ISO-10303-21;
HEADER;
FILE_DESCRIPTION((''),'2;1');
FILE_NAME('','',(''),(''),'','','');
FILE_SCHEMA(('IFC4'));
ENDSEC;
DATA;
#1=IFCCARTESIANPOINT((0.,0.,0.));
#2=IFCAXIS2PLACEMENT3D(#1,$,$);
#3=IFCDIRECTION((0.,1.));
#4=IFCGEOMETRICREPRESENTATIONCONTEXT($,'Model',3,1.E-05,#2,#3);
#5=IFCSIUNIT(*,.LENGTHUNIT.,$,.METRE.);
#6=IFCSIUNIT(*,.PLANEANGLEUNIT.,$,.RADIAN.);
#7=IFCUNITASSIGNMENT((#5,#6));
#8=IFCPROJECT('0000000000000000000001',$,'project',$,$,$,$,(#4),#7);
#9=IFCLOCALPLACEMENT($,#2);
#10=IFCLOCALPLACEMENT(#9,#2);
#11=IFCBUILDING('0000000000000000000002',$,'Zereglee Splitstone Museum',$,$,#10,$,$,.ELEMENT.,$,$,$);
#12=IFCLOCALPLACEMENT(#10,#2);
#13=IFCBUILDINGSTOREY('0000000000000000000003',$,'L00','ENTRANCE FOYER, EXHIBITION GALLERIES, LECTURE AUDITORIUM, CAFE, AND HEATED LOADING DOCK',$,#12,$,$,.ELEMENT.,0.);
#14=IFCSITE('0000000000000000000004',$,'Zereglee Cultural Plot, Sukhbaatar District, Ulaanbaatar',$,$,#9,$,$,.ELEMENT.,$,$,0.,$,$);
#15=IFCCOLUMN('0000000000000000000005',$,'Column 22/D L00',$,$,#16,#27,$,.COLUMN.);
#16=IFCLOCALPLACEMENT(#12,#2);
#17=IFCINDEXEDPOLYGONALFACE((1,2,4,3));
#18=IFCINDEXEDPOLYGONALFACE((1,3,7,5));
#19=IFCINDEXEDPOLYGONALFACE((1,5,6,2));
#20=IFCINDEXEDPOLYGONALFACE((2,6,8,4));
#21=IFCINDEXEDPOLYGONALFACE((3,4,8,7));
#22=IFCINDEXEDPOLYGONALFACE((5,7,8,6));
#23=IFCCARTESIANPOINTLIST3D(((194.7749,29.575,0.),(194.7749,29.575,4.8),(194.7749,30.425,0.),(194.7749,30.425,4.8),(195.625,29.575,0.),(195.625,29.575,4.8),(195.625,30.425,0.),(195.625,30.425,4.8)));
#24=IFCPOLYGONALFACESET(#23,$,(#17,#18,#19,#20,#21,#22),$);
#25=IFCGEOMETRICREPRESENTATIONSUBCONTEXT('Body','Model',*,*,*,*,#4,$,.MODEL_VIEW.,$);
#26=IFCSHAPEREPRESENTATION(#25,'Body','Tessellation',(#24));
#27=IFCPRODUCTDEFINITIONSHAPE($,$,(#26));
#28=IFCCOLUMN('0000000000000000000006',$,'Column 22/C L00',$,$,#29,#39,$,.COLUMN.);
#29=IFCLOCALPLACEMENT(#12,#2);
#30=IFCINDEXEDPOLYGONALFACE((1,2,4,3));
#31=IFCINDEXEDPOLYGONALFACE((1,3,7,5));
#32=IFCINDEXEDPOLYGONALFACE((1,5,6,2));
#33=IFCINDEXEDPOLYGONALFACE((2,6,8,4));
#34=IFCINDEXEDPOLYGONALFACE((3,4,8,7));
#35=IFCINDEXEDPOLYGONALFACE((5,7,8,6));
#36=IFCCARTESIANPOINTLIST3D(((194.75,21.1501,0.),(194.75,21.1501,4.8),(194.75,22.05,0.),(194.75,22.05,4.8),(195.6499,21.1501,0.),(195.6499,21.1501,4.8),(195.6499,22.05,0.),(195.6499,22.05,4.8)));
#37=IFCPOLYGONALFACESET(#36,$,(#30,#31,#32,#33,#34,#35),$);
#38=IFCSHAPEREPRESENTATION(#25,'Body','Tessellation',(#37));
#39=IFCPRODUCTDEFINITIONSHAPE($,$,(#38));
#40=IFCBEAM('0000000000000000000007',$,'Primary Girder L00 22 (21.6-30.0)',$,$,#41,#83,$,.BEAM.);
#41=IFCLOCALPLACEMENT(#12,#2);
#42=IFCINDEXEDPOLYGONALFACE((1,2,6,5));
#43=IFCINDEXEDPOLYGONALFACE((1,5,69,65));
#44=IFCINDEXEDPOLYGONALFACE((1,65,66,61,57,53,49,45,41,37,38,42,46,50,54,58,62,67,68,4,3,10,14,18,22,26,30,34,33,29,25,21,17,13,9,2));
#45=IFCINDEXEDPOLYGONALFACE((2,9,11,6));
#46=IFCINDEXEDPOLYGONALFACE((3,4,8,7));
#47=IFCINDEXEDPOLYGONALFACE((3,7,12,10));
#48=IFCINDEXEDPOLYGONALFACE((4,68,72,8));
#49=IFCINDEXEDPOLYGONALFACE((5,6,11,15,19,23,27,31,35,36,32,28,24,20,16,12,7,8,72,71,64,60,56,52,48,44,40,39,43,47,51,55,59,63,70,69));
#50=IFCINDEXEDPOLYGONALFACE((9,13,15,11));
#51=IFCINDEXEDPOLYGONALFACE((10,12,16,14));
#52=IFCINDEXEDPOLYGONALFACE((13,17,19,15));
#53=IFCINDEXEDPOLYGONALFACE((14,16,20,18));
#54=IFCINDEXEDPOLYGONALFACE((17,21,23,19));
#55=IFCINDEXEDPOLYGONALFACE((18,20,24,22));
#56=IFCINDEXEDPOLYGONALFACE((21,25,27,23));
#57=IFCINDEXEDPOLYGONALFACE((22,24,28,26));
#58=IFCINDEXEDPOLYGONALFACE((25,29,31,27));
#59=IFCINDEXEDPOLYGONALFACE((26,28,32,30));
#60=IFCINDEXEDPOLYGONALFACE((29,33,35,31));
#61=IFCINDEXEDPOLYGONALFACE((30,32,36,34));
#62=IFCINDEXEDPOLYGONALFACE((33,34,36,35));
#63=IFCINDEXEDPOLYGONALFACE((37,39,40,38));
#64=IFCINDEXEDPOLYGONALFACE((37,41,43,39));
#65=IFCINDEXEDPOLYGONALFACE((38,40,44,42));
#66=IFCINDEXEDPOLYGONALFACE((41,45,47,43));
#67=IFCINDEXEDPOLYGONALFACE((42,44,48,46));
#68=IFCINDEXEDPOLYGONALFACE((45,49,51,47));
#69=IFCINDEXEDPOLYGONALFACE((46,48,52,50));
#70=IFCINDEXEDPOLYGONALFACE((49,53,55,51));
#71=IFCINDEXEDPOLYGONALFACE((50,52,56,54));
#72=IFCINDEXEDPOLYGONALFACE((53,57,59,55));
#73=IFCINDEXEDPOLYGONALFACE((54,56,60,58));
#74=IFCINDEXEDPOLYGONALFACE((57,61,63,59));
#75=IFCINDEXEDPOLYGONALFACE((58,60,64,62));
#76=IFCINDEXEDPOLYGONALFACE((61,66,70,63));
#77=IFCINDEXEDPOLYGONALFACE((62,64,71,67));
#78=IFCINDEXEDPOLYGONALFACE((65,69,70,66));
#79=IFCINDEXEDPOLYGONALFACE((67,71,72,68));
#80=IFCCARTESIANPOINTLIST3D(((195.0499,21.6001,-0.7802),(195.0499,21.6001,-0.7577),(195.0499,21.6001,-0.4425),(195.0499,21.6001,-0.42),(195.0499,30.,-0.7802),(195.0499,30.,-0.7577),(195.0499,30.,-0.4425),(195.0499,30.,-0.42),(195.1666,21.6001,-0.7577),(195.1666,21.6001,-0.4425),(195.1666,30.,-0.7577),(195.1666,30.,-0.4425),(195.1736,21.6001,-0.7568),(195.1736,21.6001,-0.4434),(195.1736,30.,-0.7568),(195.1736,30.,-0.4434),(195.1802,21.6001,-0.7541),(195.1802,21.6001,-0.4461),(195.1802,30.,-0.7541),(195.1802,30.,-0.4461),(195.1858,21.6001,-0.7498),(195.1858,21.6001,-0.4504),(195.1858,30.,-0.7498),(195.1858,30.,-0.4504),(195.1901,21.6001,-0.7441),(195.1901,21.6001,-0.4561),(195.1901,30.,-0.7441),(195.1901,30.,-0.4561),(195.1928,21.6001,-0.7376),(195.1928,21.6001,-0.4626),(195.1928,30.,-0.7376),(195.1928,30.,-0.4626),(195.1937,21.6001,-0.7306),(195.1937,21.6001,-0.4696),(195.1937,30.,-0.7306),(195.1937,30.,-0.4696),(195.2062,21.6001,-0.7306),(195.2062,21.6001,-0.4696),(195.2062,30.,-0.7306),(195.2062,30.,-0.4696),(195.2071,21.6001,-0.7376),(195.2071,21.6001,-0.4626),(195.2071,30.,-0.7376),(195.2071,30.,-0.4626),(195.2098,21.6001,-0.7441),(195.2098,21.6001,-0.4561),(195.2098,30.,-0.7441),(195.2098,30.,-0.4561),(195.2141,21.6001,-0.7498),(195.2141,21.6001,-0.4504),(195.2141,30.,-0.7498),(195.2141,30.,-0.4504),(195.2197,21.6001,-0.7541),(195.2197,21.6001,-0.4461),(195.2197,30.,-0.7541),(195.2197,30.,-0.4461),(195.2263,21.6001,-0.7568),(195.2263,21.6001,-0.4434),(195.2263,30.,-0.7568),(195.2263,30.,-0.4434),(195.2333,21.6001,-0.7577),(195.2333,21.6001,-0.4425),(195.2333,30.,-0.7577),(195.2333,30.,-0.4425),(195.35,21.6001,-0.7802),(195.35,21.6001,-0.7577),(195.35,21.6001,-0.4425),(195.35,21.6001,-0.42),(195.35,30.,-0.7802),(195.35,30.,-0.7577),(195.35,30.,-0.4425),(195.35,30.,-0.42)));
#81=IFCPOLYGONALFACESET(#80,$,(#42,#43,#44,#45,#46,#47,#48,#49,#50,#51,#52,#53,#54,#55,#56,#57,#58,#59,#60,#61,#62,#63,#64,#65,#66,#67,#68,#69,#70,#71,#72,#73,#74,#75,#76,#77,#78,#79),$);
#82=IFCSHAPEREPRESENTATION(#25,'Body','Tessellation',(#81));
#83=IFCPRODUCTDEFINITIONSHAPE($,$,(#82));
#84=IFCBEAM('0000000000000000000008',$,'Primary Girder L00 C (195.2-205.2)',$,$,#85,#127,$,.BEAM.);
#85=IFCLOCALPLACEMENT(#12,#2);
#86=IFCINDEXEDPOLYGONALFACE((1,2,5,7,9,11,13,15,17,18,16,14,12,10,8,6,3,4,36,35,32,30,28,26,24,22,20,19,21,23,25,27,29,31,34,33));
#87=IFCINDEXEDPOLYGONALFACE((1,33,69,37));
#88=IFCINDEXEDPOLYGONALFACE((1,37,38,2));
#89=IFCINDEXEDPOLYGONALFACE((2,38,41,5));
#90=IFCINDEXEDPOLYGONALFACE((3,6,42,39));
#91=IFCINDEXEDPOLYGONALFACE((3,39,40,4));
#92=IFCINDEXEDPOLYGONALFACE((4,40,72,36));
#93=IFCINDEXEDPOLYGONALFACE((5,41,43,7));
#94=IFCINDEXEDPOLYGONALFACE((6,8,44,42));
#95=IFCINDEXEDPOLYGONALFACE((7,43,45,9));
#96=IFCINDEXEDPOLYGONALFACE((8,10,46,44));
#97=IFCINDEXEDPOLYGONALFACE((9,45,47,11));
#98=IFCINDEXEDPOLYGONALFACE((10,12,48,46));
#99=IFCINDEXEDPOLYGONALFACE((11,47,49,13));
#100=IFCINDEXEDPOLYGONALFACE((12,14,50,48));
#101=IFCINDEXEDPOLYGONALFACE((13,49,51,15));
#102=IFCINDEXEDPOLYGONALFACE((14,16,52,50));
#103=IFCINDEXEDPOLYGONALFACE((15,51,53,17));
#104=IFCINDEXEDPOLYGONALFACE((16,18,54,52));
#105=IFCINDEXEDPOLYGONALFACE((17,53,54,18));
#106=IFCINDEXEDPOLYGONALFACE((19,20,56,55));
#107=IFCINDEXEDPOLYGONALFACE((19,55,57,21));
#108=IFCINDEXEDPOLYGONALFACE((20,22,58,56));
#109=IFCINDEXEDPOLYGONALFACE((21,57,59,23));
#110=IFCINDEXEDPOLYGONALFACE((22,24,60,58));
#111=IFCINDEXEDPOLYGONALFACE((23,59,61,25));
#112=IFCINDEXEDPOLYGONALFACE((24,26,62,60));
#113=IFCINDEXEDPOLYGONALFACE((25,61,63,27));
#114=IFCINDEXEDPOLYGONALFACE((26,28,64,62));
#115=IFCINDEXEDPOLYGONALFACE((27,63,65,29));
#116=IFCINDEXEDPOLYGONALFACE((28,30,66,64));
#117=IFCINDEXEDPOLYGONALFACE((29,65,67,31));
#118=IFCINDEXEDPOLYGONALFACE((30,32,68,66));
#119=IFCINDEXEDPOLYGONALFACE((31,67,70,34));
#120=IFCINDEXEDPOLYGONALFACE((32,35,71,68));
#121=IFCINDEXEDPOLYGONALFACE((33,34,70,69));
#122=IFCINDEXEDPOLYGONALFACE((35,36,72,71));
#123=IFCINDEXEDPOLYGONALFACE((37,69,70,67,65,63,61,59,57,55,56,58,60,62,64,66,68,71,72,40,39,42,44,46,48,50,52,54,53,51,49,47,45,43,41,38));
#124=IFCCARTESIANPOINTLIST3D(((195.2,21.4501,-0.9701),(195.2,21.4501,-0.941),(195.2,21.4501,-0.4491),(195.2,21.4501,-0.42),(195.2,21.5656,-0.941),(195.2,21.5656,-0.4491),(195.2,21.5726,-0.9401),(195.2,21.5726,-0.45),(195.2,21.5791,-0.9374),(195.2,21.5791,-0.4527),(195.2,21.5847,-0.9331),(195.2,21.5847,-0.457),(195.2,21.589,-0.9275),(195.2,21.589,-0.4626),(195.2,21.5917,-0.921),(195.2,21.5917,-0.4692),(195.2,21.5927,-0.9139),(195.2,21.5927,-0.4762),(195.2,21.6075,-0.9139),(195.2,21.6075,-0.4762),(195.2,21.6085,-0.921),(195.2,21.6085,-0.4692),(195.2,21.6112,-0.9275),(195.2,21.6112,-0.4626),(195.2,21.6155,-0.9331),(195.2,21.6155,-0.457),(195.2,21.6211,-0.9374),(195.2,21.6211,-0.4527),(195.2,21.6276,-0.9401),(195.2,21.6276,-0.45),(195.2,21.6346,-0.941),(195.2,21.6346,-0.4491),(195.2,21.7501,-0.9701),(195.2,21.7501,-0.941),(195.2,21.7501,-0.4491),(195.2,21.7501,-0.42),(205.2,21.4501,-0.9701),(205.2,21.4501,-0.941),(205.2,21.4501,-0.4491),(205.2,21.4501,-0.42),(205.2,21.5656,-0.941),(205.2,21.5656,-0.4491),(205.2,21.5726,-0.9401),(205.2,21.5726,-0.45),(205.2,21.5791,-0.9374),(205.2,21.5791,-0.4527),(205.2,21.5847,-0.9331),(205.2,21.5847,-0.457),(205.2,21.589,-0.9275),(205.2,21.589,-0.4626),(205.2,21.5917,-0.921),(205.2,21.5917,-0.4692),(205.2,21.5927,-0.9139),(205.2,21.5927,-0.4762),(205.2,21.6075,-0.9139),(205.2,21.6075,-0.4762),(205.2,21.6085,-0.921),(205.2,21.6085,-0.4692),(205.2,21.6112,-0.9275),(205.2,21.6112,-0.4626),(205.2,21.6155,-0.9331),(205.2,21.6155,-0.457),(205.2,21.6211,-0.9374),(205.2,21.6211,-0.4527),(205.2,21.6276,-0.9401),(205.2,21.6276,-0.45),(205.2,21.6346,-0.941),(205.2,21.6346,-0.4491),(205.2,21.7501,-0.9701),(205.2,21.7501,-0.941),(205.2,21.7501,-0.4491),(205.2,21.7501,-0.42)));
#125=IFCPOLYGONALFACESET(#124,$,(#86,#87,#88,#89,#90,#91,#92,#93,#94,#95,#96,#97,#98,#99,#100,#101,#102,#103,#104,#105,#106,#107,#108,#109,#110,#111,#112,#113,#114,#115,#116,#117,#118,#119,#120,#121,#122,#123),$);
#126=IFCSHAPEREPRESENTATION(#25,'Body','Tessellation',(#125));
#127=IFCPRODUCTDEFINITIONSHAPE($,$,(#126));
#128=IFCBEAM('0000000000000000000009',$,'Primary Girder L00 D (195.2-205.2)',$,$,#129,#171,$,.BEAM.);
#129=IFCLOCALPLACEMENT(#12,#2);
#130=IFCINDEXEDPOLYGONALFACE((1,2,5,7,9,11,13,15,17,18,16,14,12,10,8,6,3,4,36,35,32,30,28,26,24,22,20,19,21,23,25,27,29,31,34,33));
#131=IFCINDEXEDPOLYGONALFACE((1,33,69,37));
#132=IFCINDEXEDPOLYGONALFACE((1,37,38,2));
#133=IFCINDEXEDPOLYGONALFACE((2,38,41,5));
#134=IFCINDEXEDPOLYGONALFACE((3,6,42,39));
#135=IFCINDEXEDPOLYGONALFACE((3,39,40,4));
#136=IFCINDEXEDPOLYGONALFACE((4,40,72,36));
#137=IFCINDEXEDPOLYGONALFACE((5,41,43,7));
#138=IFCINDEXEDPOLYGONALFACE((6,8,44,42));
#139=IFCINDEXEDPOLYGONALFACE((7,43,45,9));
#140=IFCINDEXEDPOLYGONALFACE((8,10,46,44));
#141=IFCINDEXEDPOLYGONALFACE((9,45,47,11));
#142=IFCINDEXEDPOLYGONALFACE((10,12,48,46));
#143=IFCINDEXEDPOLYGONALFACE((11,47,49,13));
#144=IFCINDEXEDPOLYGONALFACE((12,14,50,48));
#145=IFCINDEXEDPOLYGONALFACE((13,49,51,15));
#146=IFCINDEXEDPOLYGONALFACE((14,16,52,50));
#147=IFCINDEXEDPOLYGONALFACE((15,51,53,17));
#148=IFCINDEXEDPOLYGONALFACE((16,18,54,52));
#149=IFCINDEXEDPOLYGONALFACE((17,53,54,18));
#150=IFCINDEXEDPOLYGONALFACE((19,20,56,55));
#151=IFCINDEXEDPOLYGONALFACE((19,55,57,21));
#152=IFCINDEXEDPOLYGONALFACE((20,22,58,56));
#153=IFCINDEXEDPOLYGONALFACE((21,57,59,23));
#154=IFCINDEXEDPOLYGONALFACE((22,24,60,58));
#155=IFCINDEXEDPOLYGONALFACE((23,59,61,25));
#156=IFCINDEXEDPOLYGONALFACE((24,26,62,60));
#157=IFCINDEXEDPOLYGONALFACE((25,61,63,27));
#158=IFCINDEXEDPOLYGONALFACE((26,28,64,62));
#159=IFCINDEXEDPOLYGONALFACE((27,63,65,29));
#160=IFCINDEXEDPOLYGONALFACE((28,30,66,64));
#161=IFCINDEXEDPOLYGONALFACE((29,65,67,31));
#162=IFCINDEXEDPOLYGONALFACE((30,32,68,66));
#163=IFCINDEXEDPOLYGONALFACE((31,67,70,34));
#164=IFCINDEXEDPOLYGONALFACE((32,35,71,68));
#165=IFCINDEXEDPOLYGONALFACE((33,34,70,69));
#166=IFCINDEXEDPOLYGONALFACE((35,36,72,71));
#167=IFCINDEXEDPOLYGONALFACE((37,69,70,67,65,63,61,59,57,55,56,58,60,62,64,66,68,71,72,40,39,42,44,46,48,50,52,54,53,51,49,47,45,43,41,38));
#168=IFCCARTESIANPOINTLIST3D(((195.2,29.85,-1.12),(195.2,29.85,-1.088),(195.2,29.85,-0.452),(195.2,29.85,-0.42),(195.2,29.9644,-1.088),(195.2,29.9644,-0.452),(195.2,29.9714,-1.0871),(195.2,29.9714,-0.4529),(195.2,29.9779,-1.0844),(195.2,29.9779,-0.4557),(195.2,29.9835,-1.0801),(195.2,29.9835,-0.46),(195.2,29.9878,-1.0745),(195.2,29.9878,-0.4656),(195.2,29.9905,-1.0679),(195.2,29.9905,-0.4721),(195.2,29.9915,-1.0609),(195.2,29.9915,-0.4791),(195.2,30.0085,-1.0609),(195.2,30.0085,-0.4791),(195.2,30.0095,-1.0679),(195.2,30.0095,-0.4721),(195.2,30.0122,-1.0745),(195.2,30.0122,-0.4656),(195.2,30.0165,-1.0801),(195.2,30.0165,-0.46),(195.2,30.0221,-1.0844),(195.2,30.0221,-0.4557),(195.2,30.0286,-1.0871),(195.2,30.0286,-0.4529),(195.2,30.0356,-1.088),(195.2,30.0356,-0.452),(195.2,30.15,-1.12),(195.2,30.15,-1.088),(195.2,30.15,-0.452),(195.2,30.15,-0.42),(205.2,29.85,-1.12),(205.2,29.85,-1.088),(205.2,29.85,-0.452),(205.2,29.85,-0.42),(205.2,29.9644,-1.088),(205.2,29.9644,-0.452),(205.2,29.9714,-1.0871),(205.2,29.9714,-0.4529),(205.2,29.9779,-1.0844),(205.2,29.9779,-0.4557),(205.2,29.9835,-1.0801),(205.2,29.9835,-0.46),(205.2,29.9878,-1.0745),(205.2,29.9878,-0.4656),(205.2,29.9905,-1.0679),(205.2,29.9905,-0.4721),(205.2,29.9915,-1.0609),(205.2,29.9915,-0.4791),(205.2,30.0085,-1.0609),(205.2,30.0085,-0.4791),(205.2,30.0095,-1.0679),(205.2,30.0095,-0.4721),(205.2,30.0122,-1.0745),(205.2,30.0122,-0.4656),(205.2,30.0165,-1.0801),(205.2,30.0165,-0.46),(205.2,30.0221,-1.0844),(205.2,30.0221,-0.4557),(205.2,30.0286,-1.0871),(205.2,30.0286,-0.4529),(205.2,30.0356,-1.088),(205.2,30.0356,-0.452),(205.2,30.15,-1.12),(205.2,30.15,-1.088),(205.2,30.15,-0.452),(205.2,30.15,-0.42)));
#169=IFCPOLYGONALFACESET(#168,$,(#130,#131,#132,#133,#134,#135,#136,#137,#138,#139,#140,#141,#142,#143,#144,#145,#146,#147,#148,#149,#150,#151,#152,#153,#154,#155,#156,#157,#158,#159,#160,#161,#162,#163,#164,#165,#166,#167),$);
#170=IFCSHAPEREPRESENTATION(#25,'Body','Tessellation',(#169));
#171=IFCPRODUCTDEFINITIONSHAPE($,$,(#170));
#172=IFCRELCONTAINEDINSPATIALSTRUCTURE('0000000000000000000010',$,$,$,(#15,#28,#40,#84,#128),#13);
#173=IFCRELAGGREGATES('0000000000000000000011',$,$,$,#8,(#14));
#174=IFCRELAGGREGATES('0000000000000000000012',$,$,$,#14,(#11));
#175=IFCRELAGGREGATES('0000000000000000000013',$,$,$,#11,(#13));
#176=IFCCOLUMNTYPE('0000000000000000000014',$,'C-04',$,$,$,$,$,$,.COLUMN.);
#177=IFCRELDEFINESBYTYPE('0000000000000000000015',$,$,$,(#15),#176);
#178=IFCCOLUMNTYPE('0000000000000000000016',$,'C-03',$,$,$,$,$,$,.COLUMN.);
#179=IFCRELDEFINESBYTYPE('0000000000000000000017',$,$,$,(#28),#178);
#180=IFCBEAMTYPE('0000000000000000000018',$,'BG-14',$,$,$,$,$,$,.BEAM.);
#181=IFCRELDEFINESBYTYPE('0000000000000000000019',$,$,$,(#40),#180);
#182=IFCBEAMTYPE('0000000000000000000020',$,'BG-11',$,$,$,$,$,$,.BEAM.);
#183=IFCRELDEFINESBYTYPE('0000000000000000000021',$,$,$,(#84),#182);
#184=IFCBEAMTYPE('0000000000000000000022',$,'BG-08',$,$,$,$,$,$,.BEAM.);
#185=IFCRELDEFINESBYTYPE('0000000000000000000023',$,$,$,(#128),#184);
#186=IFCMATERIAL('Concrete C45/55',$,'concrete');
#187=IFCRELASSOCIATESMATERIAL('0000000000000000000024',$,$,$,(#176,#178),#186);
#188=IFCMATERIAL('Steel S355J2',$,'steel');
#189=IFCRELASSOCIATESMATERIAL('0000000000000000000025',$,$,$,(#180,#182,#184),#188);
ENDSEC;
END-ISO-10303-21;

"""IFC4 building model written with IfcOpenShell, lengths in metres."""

from ifc_helpers import new_model, si_unit, direction, frame, origin, origin_2d, place, context, subcontext, project, spatial, rectangle, i_section, extrude, material, material_profile, profile_set, type_object, element, save


model = new_model("IFC4")

# Units and contexts
model_context = context("Model", 3, precision=1e-05, world=origin(), true_north=direction((0.0, 1.0)))
body_context = subcontext(model_context, "Body", "Model", "MODEL_VIEW")
ifc_project = project(units=[si_unit("LENGTHUNIT", "METRE"), si_unit("PLANEANGLEUNIT", "RADIAN")], contexts=[model_context])

# Site, building, storey
site_placement = place(None, origin())
site = spatial("IfcSite", under=ifc_project, at=site_placement, Name="Zereglee Cultural Plot, Sukhbaatar District, Ulaanbaatar", CompositionType="ELEMENT", RefElevation=0.0)
building_placement = place(site_placement, origin())
building = spatial("IfcBuilding", under=site, at=building_placement, Name="Zereglee Splitstone Museum", CompositionType="ELEMENT")
storey_placement = place(building_placement, origin())
storey = spatial("IfcBuildingStorey", under=building, at=storey_placement, Name="L00", Description="ENTRANCE FOYER, EXHIBITION GALLERIES, LECTURE AUDITORIUM, CAFE, AND HEATED LOADING DOCK", CompositionType="ELEMENT", Elevation=0.0)

# Columns
ifc_material_1 = material(Name="Concrete C45/55", Category="concrete")
ifc_material_profile_1 = material_profile(ifc_material_1, rectangle(XDim=0.8501, YDim=0.8501, at=origin_2d()), Name="RC 850x850")
ifc_profile_set_1 = profile_set([ifc_material_profile_1], Name="Concrete C45/55")
column_type_1 = type_object("IfcColumnType", Name="C-04", PredefinedType="COLUMN", material=ifc_profile_set_1)
column_1_placement = place(storey_placement, frame((195.2, 30.0, 0.0), z_axis=(0.0, 0.0, 1.0), x_axis=(1.0, 0.0, 0.0)))
element("IfcColumn", 1, at=column_1_placement, inside=storey, type_object=column_type_1, Name="Column 22/D L00", PredefinedType="COLUMN", context=body_context, shape_type="SweptSolid", body=[
    extrude(rectangle(XDim=0.8501, YDim=0.8501, at=origin_2d()), origin(), (0.0, 0.0, 1.0), 4.8),
])
ifc_material_profile_2 = material_profile(ifc_material_1, rectangle(XDim=0.8999, YDim=0.8999, at=origin_2d()), Name="RC 900x900")
ifc_profile_set_2 = profile_set([ifc_material_profile_2], Name="Concrete C45/55")
column_type_2 = type_object("IfcColumnType", Name="C-03", PredefinedType="COLUMN", material=ifc_profile_set_2)
column_2_placement = place(storey_placement, frame((195.2, 21.6001, 0.0), z_axis=(0.0, 0.0, 1.0), x_axis=(1.0, 0.0, 0.0)))
element("IfcColumn", 2, at=column_2_placement, inside=storey, type_object=column_type_2, Name="Column 22/C L00", PredefinedType="COLUMN", context=body_context, shape_type="SweptSolid", body=[
    extrude(rectangle(XDim=0.8999, YDim=0.8999, at=origin_2d()), origin(), (0.0, 0.0, 1.0), 4.8),
])

# Beams
ifc_material_2 = material(Name="Steel S355J2", Category="steel")
ifc_material_profile_3 = material_profile(ifc_material_2, i_section(OverallWidth=0.3, OverallDepth=0.3601, WebThickness=0.0125, FlangeThickness=0.0225, FilletRadius=0.0271, at=origin_2d()), Name="HE 360 B")
ifc_profile_set_3 = profile_set([ifc_material_profile_3], Name="Steel S355J2")
beam_type_1 = type_object("IfcBeamType", Name="BG-14", PredefinedType="BEAM", material=ifc_profile_set_3)
beam_1_placement = place(storey_placement, frame((195.2, 21.6001, -0.6001), z_axis=(0.0, 1.0, 0.0), x_axis=(-1.0, 0.0, 0.0)))
element("IfcBeam", 3, at=beam_1_placement, inside=storey, type_object=beam_type_1, Name="Primary Girder L00 22 (21.6-30.0)", PredefinedType="BEAM", context=body_context, shape_type="SweptSolid", body=[
    extrude(i_section(OverallWidth=0.3, OverallDepth=0.3601, WebThickness=0.0125, FlangeThickness=0.0225, FilletRadius=0.0271, at=origin_2d()), origin(), (0.0, 0.0, 1.0), 8.3999),
])
ifc_material_profile_4 = material_profile(ifc_material_2, i_section(OverallWidth=0.3, OverallDepth=0.55, WebThickness=0.0149, FlangeThickness=0.0291, FilletRadius=0.0271, at=origin_2d()), Name="HE 550 B")
ifc_profile_set_4 = profile_set([ifc_material_profile_4], Name="Steel S355J2")
beam_type_2 = type_object("IfcBeamType", Name="BG-11", PredefinedType="BEAM", material=ifc_profile_set_4)
beam_2_placement = place(storey_placement, frame((195.2, 21.6001, -0.6951), z_axis=(1.0, 0.0, 0.0), x_axis=(0.0, 1.0, 0.0)))
element("IfcBeam", 4, at=beam_2_placement, inside=storey, type_object=beam_type_2, Name="Primary Girder L00 C (195.2-205.2)", PredefinedType="BEAM", context=body_context, shape_type="SweptSolid", body=[
    extrude(i_section(OverallWidth=0.3, OverallDepth=0.55, WebThickness=0.0149, FlangeThickness=0.0291, FilletRadius=0.0271, at=origin_2d()), origin(), (0.0, 0.0, 1.0), 10.0),
])
ifc_material_profile_5 = material_profile(ifc_material_2, i_section(OverallWidth=0.3, OverallDepth=0.7, WebThickness=0.0171, FlangeThickness=0.032, FilletRadius=0.0271, at=origin_2d()), Name="HE 700 B")
ifc_profile_set_5 = profile_set([ifc_material_profile_5], Name="Steel S355J2")
beam_type_3 = type_object("IfcBeamType", Name="BG-08", PredefinedType="BEAM", material=ifc_profile_set_5)
beam_3_placement = place(storey_placement, frame((195.2, 30.0, -0.77), z_axis=(1.0, 0.0, 0.0), x_axis=(0.0, 1.0, 0.0)))
element("IfcBeam", 5, at=beam_3_placement, inside=storey, type_object=beam_type_3, Name="Primary Girder L00 D (195.2-205.2)", PredefinedType="BEAM", context=body_context, shape_type="SweptSolid", body=[
    extrude(i_section(OverallWidth=0.3, OverallDepth=0.7, WebThickness=0.0171, FlangeThickness=0.032, FilletRadius=0.0271, at=origin_2d()), origin(), (0.0, 0.0, 1.0), 10.0),
])

save(model, "model.ifc")
